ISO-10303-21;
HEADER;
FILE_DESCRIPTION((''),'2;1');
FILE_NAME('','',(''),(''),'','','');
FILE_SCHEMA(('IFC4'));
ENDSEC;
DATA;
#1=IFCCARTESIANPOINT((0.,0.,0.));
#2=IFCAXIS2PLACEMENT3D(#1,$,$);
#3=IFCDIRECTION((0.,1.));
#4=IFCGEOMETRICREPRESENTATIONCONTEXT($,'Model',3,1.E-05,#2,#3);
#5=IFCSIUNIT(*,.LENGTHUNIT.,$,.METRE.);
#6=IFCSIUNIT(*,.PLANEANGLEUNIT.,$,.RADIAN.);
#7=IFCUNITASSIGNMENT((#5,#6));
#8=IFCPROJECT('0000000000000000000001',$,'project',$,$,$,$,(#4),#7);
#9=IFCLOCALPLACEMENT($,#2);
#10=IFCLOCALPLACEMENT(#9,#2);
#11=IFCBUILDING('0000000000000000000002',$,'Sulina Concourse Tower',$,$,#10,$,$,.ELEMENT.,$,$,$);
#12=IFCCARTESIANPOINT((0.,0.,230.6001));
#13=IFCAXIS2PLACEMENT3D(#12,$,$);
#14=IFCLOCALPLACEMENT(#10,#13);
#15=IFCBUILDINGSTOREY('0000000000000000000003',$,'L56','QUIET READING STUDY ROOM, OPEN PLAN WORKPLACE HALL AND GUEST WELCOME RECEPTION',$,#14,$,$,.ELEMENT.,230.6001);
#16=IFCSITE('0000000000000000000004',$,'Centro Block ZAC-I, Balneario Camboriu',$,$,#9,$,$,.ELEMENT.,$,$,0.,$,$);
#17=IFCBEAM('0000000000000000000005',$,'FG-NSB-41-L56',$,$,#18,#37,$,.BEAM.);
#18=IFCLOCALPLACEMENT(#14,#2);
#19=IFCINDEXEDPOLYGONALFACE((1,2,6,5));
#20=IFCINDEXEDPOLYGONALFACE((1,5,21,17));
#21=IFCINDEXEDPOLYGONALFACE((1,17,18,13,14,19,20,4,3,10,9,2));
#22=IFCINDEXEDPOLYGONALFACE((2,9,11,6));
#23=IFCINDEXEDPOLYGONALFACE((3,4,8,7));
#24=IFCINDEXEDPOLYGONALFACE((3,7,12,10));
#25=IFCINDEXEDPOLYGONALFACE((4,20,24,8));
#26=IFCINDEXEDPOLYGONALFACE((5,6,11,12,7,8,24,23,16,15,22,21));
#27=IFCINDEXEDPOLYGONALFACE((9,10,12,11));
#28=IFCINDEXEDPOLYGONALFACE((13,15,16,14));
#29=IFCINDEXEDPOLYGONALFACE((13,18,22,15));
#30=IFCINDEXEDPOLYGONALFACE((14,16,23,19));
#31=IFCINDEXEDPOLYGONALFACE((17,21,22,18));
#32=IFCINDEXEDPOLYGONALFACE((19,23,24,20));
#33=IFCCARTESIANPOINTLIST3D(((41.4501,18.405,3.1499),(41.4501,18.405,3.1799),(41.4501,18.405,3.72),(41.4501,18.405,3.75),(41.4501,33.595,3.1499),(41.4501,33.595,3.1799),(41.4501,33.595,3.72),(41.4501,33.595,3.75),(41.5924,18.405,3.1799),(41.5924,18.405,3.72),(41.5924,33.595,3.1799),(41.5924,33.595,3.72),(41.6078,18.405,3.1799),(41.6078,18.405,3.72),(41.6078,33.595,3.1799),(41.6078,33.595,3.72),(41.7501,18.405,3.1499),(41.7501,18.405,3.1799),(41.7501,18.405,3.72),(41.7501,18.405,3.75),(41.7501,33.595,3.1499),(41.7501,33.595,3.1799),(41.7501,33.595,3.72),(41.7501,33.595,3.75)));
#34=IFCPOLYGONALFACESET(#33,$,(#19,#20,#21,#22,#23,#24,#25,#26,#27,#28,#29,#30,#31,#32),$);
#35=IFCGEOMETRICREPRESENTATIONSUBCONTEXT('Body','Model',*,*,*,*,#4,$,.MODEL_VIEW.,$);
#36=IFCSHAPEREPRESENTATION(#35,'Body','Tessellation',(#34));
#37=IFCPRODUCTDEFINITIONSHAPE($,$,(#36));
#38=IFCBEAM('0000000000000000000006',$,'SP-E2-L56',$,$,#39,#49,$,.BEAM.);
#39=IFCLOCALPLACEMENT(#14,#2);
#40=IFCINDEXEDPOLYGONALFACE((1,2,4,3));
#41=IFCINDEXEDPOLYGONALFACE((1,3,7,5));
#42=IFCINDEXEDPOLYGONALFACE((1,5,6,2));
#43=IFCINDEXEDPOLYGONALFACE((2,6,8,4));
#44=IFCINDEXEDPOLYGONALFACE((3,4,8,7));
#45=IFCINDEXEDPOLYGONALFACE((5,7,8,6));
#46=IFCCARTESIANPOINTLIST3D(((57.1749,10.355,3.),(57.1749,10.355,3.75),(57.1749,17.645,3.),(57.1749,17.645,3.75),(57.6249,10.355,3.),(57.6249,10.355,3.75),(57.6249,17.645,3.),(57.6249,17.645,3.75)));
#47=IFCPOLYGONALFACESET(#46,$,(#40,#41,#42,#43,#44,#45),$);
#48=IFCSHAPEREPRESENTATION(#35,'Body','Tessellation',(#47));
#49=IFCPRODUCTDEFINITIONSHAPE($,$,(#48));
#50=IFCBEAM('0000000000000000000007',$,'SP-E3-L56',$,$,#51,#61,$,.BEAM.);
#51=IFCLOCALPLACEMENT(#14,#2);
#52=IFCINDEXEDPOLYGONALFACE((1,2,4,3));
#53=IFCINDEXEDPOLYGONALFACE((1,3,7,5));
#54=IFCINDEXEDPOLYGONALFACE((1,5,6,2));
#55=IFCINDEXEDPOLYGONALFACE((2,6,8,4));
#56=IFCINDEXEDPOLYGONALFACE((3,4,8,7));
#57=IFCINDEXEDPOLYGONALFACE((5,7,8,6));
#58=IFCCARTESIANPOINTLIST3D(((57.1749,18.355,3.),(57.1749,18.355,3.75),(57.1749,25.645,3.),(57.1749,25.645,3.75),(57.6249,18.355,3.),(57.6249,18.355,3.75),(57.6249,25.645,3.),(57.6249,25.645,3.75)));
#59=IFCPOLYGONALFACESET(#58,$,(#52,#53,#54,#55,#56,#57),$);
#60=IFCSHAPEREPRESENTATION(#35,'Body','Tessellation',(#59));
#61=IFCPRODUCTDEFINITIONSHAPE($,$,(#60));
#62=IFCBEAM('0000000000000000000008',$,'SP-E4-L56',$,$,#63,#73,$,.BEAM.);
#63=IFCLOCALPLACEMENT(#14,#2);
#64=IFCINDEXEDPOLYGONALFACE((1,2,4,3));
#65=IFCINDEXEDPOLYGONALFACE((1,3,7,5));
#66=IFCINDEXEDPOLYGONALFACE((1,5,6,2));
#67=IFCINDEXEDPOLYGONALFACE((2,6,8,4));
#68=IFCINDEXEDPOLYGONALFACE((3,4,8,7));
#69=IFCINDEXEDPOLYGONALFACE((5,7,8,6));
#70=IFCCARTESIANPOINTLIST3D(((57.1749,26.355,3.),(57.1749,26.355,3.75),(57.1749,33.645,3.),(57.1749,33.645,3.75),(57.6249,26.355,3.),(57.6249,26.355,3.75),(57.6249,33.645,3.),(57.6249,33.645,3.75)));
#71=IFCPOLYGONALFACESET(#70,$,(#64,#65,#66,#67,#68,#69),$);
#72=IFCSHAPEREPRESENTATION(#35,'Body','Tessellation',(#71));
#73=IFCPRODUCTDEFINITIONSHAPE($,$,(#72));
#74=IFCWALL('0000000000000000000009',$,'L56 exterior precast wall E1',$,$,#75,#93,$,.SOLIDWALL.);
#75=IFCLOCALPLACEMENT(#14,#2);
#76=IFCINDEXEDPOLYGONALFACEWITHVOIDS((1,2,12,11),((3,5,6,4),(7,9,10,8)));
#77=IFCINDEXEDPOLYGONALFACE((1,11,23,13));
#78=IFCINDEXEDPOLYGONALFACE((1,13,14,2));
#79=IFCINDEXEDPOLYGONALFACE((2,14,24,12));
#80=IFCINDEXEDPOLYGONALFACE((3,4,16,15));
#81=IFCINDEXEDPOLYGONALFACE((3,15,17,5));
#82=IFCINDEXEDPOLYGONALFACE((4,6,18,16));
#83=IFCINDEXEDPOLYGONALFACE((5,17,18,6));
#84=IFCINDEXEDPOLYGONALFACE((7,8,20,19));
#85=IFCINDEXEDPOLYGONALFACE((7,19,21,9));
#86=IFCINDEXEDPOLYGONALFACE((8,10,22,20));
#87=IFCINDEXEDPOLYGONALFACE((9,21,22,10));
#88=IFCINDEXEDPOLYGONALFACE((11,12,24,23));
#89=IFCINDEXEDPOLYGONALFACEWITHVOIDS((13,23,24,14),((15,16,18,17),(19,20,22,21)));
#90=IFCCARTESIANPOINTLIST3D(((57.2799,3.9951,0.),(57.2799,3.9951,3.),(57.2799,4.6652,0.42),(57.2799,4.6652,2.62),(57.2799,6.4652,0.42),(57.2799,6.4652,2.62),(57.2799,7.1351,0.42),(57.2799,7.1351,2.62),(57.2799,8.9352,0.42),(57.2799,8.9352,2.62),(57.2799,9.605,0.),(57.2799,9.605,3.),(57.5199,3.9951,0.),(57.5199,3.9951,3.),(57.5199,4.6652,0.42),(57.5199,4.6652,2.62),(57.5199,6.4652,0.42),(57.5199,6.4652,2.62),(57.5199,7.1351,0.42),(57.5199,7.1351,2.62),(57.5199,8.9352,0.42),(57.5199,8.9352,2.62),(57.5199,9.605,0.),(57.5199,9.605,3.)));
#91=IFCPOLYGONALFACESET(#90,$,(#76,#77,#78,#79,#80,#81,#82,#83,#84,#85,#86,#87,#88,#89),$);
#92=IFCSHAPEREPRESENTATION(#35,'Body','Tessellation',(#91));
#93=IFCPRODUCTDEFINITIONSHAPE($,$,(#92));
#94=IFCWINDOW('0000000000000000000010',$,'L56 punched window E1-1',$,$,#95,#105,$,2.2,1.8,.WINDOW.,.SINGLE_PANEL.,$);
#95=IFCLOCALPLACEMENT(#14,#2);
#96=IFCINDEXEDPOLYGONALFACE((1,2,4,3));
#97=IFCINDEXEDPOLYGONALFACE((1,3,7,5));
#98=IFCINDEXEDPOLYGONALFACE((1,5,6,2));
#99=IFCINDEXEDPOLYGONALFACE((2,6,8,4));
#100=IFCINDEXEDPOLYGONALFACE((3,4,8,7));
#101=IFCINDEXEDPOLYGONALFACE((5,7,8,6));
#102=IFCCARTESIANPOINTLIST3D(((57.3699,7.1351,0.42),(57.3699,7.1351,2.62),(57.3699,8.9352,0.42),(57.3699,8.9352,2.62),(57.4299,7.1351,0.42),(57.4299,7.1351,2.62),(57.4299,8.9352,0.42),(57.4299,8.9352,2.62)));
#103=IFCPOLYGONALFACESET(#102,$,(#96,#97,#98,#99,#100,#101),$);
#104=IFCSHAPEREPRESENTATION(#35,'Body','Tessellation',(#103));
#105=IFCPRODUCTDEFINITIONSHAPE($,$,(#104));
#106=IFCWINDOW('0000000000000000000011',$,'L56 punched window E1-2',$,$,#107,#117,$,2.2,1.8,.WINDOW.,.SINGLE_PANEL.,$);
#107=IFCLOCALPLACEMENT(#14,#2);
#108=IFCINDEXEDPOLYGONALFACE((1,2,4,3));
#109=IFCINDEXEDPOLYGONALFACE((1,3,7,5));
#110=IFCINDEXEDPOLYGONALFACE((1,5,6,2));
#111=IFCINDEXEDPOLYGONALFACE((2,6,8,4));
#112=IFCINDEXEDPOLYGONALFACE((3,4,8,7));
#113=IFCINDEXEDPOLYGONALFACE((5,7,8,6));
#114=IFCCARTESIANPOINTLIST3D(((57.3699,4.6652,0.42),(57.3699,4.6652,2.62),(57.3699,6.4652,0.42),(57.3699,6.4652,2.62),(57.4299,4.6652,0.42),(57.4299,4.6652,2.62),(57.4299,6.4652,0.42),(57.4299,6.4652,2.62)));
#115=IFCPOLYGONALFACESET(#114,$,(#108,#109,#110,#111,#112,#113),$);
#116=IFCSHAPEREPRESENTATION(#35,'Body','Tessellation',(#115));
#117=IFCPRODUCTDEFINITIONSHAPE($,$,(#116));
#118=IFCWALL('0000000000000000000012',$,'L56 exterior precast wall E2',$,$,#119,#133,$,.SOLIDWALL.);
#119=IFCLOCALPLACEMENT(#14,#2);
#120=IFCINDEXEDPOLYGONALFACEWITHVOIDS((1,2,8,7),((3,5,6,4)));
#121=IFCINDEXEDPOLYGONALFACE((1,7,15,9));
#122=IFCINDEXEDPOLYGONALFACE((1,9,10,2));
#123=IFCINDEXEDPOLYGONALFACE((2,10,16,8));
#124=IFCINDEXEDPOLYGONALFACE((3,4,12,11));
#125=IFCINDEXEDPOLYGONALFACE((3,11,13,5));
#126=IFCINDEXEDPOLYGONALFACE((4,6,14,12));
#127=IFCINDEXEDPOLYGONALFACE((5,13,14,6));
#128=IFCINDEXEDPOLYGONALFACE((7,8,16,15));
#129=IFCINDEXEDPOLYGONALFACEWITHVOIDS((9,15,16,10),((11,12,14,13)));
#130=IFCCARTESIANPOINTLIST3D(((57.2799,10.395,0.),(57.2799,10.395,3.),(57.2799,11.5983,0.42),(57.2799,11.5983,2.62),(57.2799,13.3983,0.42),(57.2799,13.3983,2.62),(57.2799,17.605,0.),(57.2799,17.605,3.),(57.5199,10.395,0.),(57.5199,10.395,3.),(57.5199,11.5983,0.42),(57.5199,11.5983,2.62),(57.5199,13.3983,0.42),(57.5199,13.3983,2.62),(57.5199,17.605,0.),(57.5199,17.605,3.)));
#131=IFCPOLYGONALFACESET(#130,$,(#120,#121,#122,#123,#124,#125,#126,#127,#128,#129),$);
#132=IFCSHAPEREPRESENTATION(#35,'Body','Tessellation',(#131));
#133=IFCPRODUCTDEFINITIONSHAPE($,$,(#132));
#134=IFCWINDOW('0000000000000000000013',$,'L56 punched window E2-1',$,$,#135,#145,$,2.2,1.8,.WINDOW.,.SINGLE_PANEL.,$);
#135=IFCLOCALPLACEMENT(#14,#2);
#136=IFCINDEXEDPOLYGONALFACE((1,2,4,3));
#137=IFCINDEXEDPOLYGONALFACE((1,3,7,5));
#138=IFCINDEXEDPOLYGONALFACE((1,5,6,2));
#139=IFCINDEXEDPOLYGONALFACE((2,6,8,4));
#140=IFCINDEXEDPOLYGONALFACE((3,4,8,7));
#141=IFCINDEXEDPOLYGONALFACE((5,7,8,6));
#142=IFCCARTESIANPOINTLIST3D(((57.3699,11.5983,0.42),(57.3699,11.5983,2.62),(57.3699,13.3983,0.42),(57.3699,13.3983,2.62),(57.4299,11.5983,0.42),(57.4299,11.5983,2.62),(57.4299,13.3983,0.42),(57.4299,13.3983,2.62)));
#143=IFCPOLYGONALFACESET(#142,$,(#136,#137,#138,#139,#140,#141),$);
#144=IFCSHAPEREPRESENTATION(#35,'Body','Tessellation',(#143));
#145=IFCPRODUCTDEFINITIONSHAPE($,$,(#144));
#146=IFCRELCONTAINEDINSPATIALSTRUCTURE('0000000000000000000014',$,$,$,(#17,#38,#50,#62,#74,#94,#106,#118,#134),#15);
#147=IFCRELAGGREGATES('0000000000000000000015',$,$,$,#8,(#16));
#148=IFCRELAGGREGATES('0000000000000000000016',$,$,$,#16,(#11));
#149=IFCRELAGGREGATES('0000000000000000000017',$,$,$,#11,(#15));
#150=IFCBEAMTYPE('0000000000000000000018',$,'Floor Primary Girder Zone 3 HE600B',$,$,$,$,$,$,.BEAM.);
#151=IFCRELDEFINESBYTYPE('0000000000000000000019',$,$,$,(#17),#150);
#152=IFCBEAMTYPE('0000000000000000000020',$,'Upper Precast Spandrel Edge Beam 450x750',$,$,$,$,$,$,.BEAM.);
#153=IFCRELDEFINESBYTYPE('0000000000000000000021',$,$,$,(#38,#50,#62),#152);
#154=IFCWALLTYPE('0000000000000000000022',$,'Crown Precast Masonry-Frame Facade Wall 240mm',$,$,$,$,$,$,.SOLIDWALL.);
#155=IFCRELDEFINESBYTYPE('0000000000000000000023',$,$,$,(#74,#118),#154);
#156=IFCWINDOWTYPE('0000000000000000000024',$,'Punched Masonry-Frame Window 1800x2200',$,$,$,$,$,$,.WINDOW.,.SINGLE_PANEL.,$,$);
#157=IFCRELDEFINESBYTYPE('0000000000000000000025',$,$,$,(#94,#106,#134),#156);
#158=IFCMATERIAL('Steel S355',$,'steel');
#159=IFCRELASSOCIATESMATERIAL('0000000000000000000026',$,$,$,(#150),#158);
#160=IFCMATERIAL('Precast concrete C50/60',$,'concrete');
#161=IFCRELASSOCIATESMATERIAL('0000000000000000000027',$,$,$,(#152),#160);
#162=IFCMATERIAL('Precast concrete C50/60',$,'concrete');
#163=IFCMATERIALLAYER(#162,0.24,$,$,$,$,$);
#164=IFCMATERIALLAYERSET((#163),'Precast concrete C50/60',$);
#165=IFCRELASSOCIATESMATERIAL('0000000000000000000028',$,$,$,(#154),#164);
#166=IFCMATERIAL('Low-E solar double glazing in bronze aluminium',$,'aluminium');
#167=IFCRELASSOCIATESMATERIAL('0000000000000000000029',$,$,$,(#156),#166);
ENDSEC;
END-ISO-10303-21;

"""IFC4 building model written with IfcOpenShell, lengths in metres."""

from ifc_helpers import new_model, si_unit, direction, frame, frame_2d, origin, origin_2d, place, context, subcontext, project, spatial, rectangle, i_section, extrude, material, layer, layer_set, material_profile, profile_set, type_object, element, fill, save


model = new_model("IFC4")

# Units and contexts
model_context = context("Model", 3, precision=1e-05, world=origin(), true_north=direction((0.0, 1.0)))
body_context = subcontext(model_context, "Body", "Model", "MODEL_VIEW")
ifc_project = project(units=[si_unit("LENGTHUNIT", "METRE"), si_unit("PLANEANGLEUNIT", "RADIAN")], contexts=[model_context])

# Site, building, storey
site_placement = place(None, origin())
site = spatial("IfcSite", under=ifc_project, at=site_placement, Name="Centro Block ZAC-I, Balneario Camboriu", CompositionType="ELEMENT", RefElevation=0.0)
building_placement = place(site_placement, origin())
building = spatial("IfcBuilding", under=site, at=building_placement, Name="Sulina Concourse Tower", CompositionType="ELEMENT")
storey_placement = place(building_placement, frame((0.0, 0.0, 230.6001)))
storey = spatial("IfcBuildingStorey", under=building, at=storey_placement, Name="L56", Description="QUIET READING STUDY ROOM, OPEN PLAN WORKPLACE HALL AND GUEST WELCOME RECEPTION", CompositionType="ELEMENT", Elevation=230.6001)

# Beams
ifc_material_1 = material(Name="Steel S355", Category="steel")
ifc_material_profile_1 = material_profile(ifc_material_1, i_section(OverallWidth=0.3, OverallDepth=0.6001, WebThickness=0.0154, FlangeThickness=0.03, at=origin_2d()), Name="HE 600 B")
ifc_profile_set_1 = profile_set([ifc_material_profile_1], Name="Steel S355")
beam_type_1 = type_object("IfcBeamType", Name="Floor Primary Girder Zone 3 HE600B", PredefinedType="BEAM", material=ifc_profile_set_1)
beam_1_placement = place(storey_placement, frame((41.6001, 18.405, 3.45), z_axis=(0.0, 1.0, 0.0), x_axis=(-1.0, 0.0, 0.0)))
element("IfcBeam", 1, at=beam_1_placement, inside=storey, type_object=beam_type_1, Name="FG-NSB-41-L56", PredefinedType="BEAM", context=body_context, shape_type="SweptSolid", body=[
    extrude(i_section(OverallWidth=0.3, OverallDepth=0.6001, WebThickness=0.0154, FlangeThickness=0.03, at=origin_2d()), origin(), (0.0, 0.0, 1.0), 15.1899),
])
ifc_material_2 = material(Name="Precast concrete C50/60", Category="concrete")
ifc_material_profile_2 = material_profile(ifc_material_2, rectangle(XDim=0.45, YDim=0.75, at=origin_2d()), Name="RC 450x750")
ifc_profile_set_2 = profile_set([ifc_material_profile_2], Name="Precast concrete C50/60")
beam_type_2 = type_object("IfcBeamType", Name="Upper Precast Spandrel Edge Beam 450x750", PredefinedType="BEAM", material=ifc_profile_set_2)
for number, where, z_axis, x_axis, name in (
    (2, (57.3999, 10.355, 3.375), (0.0, 1.0, 0.0), (-1.0, 0.0, 0.0), "SP-E2-L56"),
    (3, (57.3999, 18.355, 3.375), (0.0, 1.0, 0.0), (-1.0, 0.0, 0.0), "SP-E3-L56"),
    (4, (57.3999, 26.355, 3.375), (0.0, 1.0, 0.0), (-1.0, 0.0, 0.0), "SP-E4-L56"),
):
    element("IfcBeam", number, at=place(storey_placement, frame(where, z_axis=z_axis, x_axis=x_axis)), inside=storey, type_object=beam_type_2, Name=name, PredefinedType="BEAM", context=body_context, shape_type="SweptSolid", body=[
        extrude(rectangle(XDim=0.45, YDim=0.75, at=origin_2d()), origin(), (0.0, 0.0, 1.0), 7.29),
    ])

# Wall, openings, windows
ifc_material_3 = material(Name="Precast concrete C50/60", Category="concrete")
ifc_layer_1 = layer(ifc_material_3, 0.24)
ifc_layer_set_1 = layer_set([ifc_layer_1], Name="Precast concrete C50/60")
wall_type_1 = type_object("IfcWallType", Name="Crown Precast Masonry-Frame Facade Wall 240mm", PredefinedType="SOLIDWALL", material=ifc_layer_set_1)
wall_1_placement = place(storey_placement, frame((57.3999, 9.605, 0.0), z_axis=(0.0, 0.0, 1.0), x_axis=(0.0, -1.0, 0.0)))
wall_1 = element("IfcWall", 5, at=wall_1_placement, inside=storey, type_object=wall_type_1, Name="L56 exterior precast wall E1", PredefinedType="SOLIDWALL", context=body_context, shape_type="SweptSolid", body=[
    extrude(rectangle(XDim=5.6099, YDim=0.24, at=frame_2d((2.8049, 0.0))), origin(), (0.0, 0.0, 1.0), 3.0),
])
opening_1_placement = place(wall_1_placement, frame((0.6699, 0.0, 0.4199)))
opening_1 = element("IfcOpeningElement", 6, at=opening_1_placement, cuts=wall_1, PredefinedType="OPENING", context=body_context, shape_type="SweptSolid", body=[
    extrude(rectangle(XDim=1.8, YDim=2.2, at=frame_2d((0.8999, 1.1001))), frame((0.0, 0.1299, 0.0), z_axis=(0.0, -1.0, 0.0), x_axis=(1.0, 0.0, 0.0)), (0.0, 0.0, 1.0), 0.26),
])
opening_2_placement = place(wall_1_placement, frame((3.1399, 0.0, 0.4199)))
opening_2 = element("IfcOpeningElement", 7, at=opening_2_placement, cuts=wall_1, PredefinedType="OPENING", context=body_context, shape_type="SweptSolid", body=[
    extrude(rectangle(XDim=1.8, YDim=2.2, at=frame_2d((0.8999, 1.1001))), frame((0.0, 0.1299, 0.0), z_axis=(0.0, -1.0, 0.0), x_axis=(1.0, 0.0, 0.0)), (0.0, 0.0, 1.0), 0.26),
])
ifc_material_4 = material(Name="Low-E solar double glazing in bronze aluminium", Category="aluminium")
window_type = type_object("IfcWindowType", Name="Punched Masonry-Frame Window 1800x2200", PartitioningType="SINGLE_PANEL", PredefinedType="WINDOW", material=ifc_material_4)
window_1_placement = place(opening_1_placement, origin())
window_1 = element("IfcWindow", 8, at=window_1_placement, inside=storey, type_object=window_type, Name="L56 punched window E1-1", OverallHeight=2.2, OverallWidth=1.8, PartitioningType="SINGLE_PANEL", PredefinedType="WINDOW", context=body_context, shape_type="SweptSolid", body=[
    extrude(rectangle(XDim=1.8, YDim=2.2, at=frame_2d((0.8999, 1.1001))), frame((0.0, 0.03, 0.0), z_axis=(0.0, -1.0, 0.0), x_axis=(1.0, 0.0, 0.0)), (0.0, 0.0, 1.0), 0.0601),
])
fill(opening_1, window_1)
window_2_placement = place(opening_2_placement, origin())
window_2 = element("IfcWindow", 9, at=window_2_placement, inside=storey, type_object=window_type, Name="L56 punched window E1-2", OverallHeight=2.2, OverallWidth=1.8, PartitioningType="SINGLE_PANEL", PredefinedType="WINDOW", context=body_context, shape_type="SweptSolid", body=[
    extrude(rectangle(XDim=1.8, YDim=2.2, at=frame_2d((0.8999, 1.1001))), frame((0.0, 0.03, 0.0), z_axis=(0.0, -1.0, 0.0), x_axis=(1.0, 0.0, 0.0)), (0.0, 0.0, 1.0), 0.0601),
])
fill(opening_2, window_2)

# Wall, opening, window
wall_2_placement = place(storey_placement, frame((57.3999, 17.605, 0.0), z_axis=(0.0, 0.0, 1.0), x_axis=(0.0, -1.0, 0.0)))
wall_2 = element("IfcWall", 10, at=wall_2_placement, inside=storey, type_object=wall_type_1, Name="L56 exterior precast wall E2", PredefinedType="SOLIDWALL", context=body_context, shape_type="SweptSolid", body=[
    extrude(rectangle(XDim=7.21, YDim=0.24, at=frame_2d((3.605, 0.0))), origin(), (0.0, 0.0, 1.0), 3.0),
])
opening_3_placement = place(wall_2_placement, frame((4.2068, 0.0, 0.4199)))
opening_3 = element("IfcOpeningElement", 11, at=opening_3_placement, cuts=wall_2, PredefinedType="OPENING", context=body_context, shape_type="SweptSolid", body=[
    extrude(rectangle(XDim=1.8, YDim=2.2, at=frame_2d((0.8999, 1.1001))), frame((0.0, 0.1299, 0.0), z_axis=(0.0, -1.0, 0.0), x_axis=(1.0, 0.0, 0.0)), (0.0, 0.0, 1.0), 0.26),
])
window_3_placement = place(opening_3_placement, origin())
window_3 = element("IfcWindow", 12, at=window_3_placement, inside=storey, type_object=window_type, Name="L56 punched window E2-1", OverallHeight=2.2, OverallWidth=1.8, PartitioningType="SINGLE_PANEL", PredefinedType="WINDOW", context=body_context, shape_type="SweptSolid", body=[
    extrude(rectangle(XDim=1.8, YDim=2.2, at=frame_2d((0.8999, 1.1001))), frame((0.0, 0.03, 0.0), z_axis=(0.0, -1.0, 0.0), x_axis=(1.0, 0.0, 0.0)), (0.0, 0.0, 1.0), 0.0601),
])
fill(opening_3, window_3)

save(model, "model.ifc")
